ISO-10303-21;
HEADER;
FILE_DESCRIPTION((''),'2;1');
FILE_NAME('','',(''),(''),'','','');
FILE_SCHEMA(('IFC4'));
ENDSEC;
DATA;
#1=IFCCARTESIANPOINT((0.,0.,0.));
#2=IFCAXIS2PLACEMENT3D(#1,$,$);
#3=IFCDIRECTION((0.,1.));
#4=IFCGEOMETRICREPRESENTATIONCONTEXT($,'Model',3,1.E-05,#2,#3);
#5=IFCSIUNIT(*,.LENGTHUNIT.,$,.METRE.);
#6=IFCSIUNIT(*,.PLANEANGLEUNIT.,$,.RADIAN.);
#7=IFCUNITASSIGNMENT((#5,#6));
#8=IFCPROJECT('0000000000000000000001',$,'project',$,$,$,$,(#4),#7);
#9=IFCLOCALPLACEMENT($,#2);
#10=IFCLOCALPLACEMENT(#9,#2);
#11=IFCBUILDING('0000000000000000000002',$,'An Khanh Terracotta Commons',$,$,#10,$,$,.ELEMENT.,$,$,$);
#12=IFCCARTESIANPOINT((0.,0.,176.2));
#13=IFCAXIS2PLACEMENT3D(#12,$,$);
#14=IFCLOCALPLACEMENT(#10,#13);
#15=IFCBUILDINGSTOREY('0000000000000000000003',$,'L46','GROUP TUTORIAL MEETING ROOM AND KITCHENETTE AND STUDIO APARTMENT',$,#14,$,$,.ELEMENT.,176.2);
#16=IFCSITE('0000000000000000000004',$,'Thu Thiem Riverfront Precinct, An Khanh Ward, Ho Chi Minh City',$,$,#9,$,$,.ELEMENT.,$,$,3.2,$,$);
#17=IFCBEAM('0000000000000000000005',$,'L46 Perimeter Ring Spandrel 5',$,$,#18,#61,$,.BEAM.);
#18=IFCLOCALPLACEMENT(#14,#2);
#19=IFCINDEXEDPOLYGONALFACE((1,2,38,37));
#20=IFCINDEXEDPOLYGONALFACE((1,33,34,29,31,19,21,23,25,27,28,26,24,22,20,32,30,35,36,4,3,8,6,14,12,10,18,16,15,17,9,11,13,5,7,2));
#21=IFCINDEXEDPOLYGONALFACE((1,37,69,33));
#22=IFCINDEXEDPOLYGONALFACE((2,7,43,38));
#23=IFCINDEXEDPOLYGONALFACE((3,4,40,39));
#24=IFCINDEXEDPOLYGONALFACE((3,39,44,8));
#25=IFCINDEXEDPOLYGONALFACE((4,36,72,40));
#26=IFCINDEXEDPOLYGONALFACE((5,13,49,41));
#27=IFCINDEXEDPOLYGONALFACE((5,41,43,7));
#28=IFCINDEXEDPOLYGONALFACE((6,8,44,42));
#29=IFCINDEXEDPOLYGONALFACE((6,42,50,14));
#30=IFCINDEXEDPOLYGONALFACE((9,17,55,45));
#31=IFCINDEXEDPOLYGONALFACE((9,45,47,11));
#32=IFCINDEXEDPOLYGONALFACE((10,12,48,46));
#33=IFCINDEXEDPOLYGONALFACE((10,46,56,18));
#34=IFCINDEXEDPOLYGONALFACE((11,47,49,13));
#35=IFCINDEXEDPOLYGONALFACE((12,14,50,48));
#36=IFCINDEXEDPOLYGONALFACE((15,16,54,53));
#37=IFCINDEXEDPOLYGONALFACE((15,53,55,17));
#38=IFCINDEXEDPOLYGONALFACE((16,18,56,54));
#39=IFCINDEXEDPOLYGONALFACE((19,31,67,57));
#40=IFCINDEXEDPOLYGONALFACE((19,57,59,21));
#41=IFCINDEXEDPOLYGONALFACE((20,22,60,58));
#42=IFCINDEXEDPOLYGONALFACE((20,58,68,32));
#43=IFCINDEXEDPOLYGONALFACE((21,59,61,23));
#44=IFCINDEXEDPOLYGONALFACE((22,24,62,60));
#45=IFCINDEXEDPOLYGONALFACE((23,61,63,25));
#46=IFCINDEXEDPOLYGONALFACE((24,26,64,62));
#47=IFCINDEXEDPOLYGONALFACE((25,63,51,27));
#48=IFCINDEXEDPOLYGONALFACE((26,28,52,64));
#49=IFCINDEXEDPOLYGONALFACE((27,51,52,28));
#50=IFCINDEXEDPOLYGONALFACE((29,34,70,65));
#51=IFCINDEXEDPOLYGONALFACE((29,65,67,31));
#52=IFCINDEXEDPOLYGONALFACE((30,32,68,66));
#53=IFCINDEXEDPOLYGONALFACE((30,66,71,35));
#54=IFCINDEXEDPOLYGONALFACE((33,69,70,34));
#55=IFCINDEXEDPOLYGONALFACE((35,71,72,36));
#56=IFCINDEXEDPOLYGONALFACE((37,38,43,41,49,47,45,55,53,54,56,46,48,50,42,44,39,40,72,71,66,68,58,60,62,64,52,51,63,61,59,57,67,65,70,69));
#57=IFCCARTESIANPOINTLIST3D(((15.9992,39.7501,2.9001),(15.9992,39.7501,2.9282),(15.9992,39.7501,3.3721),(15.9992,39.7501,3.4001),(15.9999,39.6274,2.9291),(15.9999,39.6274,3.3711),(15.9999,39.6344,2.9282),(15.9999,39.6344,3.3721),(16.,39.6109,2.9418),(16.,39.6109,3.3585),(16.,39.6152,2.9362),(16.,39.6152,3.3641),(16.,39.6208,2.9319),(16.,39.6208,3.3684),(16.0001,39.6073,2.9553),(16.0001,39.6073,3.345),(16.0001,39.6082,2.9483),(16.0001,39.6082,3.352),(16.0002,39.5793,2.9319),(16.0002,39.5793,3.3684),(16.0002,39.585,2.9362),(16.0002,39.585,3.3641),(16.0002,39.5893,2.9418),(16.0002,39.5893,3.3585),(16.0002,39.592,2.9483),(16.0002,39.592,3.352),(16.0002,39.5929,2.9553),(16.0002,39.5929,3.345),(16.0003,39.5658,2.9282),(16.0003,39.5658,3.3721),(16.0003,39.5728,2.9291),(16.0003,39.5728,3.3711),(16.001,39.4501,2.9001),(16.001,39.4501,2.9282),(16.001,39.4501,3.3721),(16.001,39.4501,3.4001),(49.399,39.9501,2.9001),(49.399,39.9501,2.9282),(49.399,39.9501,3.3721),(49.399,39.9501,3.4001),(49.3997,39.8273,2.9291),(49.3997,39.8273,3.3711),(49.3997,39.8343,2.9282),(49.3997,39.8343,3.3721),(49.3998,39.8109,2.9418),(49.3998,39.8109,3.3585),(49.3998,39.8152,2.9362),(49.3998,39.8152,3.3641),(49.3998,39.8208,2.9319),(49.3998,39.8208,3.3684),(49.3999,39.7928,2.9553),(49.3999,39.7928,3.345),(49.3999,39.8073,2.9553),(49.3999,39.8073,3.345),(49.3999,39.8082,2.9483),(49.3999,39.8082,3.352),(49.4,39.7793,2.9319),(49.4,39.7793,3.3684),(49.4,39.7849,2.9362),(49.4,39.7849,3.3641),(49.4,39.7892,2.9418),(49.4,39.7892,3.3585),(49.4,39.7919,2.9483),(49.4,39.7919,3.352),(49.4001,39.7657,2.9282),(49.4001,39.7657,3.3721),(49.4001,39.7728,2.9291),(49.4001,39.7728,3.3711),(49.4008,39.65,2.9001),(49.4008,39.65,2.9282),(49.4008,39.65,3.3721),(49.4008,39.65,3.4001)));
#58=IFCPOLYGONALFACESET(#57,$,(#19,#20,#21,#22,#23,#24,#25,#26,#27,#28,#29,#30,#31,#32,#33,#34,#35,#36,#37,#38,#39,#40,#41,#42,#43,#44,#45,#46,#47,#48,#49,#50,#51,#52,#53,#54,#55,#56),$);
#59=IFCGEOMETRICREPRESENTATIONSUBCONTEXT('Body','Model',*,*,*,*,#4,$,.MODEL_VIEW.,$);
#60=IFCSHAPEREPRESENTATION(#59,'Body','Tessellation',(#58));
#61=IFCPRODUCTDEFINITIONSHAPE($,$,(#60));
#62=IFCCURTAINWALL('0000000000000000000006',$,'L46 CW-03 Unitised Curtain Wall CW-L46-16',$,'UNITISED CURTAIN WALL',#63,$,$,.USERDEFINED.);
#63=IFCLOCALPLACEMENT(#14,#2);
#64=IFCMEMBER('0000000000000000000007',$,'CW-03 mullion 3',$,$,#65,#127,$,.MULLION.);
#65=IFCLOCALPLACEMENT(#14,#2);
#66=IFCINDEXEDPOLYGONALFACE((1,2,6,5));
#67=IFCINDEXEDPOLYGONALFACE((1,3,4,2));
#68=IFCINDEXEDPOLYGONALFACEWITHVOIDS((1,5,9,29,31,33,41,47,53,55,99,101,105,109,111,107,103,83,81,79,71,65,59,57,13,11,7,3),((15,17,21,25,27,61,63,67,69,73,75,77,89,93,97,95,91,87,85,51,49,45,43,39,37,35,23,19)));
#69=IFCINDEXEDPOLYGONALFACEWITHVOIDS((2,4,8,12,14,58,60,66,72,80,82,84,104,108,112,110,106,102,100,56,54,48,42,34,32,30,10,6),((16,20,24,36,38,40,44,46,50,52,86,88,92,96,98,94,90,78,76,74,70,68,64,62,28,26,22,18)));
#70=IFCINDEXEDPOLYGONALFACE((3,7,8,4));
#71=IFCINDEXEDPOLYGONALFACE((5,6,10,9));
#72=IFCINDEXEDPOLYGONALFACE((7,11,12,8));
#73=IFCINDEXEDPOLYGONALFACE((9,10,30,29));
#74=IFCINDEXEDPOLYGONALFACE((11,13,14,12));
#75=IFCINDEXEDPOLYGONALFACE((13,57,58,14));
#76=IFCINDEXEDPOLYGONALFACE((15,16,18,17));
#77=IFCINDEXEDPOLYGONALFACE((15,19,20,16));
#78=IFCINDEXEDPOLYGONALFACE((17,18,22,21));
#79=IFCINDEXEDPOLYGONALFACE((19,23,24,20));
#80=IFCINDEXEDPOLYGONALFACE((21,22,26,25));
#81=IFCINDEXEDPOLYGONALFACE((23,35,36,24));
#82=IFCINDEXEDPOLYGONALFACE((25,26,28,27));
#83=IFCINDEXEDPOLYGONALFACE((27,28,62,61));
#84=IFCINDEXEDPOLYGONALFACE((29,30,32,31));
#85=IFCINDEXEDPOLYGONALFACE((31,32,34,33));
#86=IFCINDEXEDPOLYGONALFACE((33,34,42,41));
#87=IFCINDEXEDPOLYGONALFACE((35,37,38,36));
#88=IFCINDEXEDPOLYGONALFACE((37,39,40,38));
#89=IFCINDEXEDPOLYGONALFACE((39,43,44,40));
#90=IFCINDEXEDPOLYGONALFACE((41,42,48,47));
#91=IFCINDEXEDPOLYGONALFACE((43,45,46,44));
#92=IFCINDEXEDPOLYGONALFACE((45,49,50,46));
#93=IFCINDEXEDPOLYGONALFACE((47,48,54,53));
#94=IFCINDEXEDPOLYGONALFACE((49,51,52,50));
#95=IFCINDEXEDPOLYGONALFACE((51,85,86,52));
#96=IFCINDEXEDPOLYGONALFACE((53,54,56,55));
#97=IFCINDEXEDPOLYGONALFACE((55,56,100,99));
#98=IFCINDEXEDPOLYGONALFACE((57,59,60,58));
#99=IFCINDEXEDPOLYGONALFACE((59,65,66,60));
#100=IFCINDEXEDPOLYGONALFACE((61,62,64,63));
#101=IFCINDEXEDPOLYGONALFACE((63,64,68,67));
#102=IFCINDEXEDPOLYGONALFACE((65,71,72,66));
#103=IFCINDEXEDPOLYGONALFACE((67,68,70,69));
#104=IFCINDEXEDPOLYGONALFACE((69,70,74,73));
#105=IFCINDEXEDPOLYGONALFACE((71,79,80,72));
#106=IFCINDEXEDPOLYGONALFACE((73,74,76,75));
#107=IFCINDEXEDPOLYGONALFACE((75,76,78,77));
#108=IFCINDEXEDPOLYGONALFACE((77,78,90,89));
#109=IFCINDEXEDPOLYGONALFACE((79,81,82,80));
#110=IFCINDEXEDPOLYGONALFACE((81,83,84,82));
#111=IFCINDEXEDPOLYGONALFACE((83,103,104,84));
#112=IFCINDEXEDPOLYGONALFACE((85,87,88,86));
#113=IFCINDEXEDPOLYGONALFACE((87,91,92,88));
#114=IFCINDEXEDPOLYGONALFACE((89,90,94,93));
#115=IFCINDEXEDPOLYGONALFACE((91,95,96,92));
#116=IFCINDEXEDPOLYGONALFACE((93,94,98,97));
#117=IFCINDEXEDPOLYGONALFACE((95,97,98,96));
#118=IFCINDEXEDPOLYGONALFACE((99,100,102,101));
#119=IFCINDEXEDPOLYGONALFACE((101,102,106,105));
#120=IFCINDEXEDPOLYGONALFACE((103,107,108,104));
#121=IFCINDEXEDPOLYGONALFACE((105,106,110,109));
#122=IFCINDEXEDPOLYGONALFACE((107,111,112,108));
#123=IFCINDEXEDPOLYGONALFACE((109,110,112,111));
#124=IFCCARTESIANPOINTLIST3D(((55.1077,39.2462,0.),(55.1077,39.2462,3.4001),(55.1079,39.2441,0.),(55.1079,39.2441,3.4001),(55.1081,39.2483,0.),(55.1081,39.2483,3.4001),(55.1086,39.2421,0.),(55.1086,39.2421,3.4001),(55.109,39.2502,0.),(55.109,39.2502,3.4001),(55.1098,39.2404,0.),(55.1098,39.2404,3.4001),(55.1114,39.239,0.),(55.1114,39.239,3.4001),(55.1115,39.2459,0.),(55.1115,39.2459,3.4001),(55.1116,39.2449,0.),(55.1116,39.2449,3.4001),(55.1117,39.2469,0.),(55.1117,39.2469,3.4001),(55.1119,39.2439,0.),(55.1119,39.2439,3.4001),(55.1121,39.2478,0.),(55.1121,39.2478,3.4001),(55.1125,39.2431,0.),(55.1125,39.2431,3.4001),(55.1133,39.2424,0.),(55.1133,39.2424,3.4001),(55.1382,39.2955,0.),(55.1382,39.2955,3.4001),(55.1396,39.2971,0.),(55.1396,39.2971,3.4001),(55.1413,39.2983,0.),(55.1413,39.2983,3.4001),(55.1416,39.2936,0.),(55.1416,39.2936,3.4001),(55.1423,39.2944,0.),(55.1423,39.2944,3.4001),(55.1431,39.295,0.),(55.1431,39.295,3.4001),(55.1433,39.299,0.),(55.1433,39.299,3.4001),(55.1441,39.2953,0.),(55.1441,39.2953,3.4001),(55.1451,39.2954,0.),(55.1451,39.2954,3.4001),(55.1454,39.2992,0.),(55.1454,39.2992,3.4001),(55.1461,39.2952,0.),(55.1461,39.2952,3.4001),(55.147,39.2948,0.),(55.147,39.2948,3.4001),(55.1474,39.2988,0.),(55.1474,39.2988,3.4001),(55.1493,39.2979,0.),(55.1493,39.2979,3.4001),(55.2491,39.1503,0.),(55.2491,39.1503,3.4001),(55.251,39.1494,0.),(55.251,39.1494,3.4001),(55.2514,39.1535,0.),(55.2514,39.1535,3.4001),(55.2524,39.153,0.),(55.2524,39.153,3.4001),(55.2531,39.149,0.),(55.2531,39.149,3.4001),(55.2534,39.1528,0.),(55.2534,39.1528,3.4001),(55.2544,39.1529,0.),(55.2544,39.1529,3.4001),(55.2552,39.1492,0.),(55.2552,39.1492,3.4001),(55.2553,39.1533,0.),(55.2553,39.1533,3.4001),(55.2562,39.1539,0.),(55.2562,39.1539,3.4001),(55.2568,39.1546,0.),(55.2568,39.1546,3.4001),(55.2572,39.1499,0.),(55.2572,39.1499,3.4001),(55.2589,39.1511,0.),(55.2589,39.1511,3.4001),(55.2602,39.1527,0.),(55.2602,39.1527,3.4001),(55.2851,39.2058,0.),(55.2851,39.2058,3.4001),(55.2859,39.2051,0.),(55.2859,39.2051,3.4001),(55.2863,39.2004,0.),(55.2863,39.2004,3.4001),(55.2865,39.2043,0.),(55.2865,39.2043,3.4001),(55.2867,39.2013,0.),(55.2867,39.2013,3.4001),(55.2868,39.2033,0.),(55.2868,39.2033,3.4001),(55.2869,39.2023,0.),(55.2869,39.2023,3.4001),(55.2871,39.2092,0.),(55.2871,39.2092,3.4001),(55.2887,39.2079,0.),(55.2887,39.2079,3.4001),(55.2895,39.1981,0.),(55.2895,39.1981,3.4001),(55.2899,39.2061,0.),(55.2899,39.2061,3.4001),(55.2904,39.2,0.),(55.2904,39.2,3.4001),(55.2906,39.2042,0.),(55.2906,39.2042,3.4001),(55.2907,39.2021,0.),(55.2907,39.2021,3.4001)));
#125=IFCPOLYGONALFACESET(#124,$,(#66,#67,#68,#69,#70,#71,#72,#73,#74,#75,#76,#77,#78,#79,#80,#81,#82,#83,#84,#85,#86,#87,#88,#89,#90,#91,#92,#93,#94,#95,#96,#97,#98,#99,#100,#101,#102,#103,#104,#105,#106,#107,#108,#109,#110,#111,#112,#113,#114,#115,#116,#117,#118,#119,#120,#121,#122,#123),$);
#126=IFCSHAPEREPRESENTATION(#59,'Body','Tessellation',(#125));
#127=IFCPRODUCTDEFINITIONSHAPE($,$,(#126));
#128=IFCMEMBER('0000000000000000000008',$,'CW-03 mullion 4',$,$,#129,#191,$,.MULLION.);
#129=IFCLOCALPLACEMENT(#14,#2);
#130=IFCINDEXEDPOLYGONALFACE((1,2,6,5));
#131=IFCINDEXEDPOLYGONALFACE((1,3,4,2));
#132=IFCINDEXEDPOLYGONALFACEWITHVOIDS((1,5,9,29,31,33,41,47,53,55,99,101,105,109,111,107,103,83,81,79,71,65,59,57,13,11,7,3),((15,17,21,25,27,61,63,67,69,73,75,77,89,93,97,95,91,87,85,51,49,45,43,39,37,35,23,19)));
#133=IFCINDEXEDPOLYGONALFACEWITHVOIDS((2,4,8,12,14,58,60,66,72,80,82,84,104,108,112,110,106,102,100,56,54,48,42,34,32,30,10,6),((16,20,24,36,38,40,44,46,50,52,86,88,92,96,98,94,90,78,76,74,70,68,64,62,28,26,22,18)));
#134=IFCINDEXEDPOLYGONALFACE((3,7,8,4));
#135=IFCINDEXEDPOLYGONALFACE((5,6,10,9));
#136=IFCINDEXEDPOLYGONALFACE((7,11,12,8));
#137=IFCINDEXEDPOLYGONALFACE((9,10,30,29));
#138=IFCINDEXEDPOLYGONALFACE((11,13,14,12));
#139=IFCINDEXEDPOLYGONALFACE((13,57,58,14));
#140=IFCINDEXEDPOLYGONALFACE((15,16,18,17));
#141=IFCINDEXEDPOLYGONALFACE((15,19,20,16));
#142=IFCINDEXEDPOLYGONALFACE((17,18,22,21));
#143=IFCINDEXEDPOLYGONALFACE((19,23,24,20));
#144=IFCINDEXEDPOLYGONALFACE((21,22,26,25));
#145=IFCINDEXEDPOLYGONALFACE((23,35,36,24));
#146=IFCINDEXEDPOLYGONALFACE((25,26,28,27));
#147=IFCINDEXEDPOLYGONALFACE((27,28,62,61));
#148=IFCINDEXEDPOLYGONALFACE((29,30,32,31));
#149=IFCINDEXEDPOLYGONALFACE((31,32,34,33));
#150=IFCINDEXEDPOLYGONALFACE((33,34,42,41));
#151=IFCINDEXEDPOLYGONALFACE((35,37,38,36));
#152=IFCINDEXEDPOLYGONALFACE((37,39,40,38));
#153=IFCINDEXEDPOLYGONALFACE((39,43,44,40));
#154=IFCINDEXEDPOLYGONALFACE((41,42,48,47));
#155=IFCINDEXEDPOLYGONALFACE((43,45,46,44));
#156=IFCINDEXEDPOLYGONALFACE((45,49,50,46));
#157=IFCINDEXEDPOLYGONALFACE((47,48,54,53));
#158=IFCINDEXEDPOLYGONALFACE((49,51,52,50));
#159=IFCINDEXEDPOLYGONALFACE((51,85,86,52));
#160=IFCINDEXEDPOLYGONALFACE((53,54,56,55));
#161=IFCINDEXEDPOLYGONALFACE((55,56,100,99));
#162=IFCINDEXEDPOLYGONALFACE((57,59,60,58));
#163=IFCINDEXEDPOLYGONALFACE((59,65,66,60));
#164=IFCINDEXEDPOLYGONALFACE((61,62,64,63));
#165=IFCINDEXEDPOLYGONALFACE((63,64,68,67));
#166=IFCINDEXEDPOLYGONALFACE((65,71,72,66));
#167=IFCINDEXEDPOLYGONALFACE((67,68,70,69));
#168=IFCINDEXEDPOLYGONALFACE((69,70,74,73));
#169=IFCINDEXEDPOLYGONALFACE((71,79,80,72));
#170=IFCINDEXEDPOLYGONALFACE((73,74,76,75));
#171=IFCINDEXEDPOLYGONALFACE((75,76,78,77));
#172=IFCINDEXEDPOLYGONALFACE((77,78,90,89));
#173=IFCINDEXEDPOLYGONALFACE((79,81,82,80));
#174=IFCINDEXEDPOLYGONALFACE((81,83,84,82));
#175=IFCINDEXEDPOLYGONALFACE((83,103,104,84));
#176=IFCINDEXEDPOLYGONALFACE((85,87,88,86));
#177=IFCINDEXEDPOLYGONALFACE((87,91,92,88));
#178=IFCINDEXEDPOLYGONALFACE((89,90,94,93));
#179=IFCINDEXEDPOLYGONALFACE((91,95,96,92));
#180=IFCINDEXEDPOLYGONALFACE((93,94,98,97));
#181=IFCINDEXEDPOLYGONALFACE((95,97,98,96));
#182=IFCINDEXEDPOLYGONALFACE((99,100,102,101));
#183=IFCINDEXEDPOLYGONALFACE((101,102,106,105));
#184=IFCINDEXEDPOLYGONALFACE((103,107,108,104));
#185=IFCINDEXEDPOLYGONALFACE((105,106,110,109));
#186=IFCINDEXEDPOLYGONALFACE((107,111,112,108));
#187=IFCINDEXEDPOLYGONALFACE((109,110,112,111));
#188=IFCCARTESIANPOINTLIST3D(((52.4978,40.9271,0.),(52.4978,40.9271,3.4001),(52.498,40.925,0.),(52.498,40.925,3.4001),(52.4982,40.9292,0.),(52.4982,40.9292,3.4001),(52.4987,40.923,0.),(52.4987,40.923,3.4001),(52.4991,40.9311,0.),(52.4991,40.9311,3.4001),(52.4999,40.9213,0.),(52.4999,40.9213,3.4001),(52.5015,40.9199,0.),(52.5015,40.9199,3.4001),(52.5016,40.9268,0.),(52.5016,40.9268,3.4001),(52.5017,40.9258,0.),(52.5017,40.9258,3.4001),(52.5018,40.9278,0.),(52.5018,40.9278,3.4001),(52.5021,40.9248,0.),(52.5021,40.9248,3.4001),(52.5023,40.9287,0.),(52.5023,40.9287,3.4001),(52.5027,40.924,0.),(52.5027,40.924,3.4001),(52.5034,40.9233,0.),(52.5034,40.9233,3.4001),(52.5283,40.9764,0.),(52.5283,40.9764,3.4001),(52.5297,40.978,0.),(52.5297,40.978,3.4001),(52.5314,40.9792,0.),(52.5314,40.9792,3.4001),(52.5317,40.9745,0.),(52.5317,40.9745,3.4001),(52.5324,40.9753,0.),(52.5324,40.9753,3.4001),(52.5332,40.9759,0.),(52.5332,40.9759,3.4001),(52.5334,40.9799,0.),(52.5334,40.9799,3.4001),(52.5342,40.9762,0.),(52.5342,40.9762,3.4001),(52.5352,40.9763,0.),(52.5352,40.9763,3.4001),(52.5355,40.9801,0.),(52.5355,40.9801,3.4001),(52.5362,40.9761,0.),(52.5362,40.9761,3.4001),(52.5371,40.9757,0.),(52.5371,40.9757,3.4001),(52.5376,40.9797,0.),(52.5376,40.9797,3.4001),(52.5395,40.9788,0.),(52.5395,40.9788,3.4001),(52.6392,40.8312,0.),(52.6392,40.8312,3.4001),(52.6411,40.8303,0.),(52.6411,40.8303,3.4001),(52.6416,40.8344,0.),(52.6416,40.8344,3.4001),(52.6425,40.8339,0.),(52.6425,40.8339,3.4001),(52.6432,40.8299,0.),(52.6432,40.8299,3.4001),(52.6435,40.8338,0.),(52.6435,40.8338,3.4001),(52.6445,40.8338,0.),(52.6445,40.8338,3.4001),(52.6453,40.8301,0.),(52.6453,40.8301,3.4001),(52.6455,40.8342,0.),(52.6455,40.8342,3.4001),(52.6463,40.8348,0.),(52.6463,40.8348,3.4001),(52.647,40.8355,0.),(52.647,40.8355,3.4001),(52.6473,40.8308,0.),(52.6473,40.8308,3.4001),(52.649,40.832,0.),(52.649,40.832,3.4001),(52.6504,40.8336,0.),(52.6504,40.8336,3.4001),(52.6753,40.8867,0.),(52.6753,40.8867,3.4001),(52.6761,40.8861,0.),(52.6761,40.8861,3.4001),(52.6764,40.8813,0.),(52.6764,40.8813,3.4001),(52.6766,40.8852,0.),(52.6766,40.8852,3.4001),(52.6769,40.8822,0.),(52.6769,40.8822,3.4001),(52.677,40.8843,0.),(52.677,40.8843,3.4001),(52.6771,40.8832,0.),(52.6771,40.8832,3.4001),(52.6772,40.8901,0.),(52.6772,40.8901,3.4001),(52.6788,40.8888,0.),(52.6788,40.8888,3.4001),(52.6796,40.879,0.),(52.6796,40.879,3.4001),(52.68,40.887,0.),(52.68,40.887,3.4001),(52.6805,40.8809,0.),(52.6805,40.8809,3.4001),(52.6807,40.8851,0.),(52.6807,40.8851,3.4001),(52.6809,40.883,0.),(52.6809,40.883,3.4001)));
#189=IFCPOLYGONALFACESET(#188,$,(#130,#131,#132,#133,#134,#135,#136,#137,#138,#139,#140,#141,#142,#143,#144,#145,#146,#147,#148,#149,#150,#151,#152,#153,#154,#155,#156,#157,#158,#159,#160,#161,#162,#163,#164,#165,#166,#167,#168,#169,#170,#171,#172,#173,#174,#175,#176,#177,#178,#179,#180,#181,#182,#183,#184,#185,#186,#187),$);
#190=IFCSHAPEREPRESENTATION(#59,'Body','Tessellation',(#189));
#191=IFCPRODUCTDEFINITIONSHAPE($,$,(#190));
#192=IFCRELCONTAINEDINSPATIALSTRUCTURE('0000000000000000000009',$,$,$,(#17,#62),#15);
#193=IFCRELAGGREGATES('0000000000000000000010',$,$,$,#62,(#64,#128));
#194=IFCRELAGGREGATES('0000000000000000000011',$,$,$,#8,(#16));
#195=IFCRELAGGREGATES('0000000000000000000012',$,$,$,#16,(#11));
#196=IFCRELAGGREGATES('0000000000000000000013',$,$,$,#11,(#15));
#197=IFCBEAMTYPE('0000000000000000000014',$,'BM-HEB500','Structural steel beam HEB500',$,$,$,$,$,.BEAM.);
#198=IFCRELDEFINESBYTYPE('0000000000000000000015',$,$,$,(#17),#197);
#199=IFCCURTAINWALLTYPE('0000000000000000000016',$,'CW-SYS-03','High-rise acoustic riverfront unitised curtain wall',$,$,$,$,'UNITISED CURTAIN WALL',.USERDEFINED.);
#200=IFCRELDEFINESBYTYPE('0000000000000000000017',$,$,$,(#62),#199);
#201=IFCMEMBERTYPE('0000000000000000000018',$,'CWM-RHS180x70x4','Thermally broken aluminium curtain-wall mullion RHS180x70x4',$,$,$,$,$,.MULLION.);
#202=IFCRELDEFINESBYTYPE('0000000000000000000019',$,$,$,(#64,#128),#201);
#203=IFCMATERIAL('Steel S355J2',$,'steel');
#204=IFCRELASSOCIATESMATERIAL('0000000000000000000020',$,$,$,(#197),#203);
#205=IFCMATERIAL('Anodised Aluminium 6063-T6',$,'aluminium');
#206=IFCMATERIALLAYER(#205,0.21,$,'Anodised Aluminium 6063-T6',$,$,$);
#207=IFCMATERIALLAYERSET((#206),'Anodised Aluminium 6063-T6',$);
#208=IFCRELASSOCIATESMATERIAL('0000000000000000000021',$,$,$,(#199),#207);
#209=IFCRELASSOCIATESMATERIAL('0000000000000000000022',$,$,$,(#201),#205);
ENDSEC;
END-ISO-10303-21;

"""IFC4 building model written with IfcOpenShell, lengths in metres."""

from ifc_helpers import new_model, si_unit, direction, frame, origin, origin_2d, place, context, subcontext, project, spatial, hollow_rectangle, i_section, extrude, material, layer, layer_set, material_profile, profile_set, type_object, element, aggregate, save


model = new_model("IFC4")

# Units and contexts
model_context = context("Model", 3, precision=1e-05, world=origin(), true_north=direction((0.0, 1.0)))
body_context = subcontext(model_context, "Body", "Model", "MODEL_VIEW")
ifc_project = project(units=[si_unit("LENGTHUNIT", "METRE"), si_unit("PLANEANGLEUNIT", "RADIAN")], contexts=[model_context])

# Site, building, storey
site_placement = place(None, origin())
site = spatial("IfcSite", under=ifc_project, at=site_placement, Name="Thu Thiem Riverfront Precinct, An Khanh Ward, Ho Chi Minh City", CompositionType="ELEMENT", RefElevation=3.2)
building_placement = place(site_placement, origin())
building = spatial("IfcBuilding", under=site, at=building_placement, Name="An Khanh Terracotta Commons", CompositionType="ELEMENT")
storey_placement = place(building_placement, frame((0.0, 0.0, 176.2)))
storey = spatial("IfcBuildingStorey", under=building, at=storey_placement, Name="L46", Description="GROUP TUTORIAL MEETING ROOM AND KITCHENETTE AND STUDIO APARTMENT", CompositionType="ELEMENT", Elevation=176.2)

# Beam
ifc_material_1 = material(Name="Steel S355J2", Category="steel")
ifc_material_profile_1 = material_profile(ifc_material_1, i_section(OverallWidth=0.3, OverallDepth=0.5, WebThickness=0.0144, FlangeThickness=0.0281, FilletRadius=0.0271, at=origin_2d()), Name="HEB500")
ifc_profile_set_1 = profile_set([ifc_material_profile_1], Name="Steel S355J2")
beam_type_1 = type_object("IfcBeamType", Name="BM-HEB500", Description="Structural steel beam HEB500", PredefinedType="BEAM", material=ifc_profile_set_1)
beam_1_placement = place(storey_placement, frame((49.3999, 39.8, 3.1501), z_axis=(-0.999982, -0.005986, 0.0), x_axis=(0.005986, -0.999982, 0.0)))
element("IfcBeam", 1, at=beam_1_placement, inside=storey, type_object=beam_type_1, Name="L46 Perimeter Ring Spandrel 5", PredefinedType="BEAM", context=body_context, shape_type="SweptSolid", body=[
    extrude(i_section(OverallWidth=0.3, OverallDepth=0.5, WebThickness=0.0144, FlangeThickness=0.0281, FilletRadius=0.0271, at=origin_2d()), origin(), (0.0, 0.0, 1.0), 33.4004),
])

# Curtain wall, members
ifc_material_2 = material(Name="Anodised Aluminium 6063-T6", Category="aluminium")
ifc_layer_1 = layer(ifc_material_2, 0.21, Name="Anodised Aluminium 6063-T6")
ifc_layer_set_1 = layer_set([ifc_layer_1], Name="Anodised Aluminium 6063-T6")
curtain_wall_type = type_object("IfcCurtainWallType", Name="CW-SYS-03", Description="High-rise acoustic riverfront unitised curtain wall", ElementType="UNITISED CURTAIN WALL", PredefinedType="USERDEFINED", material=ifc_layer_set_1)
curtain_wall_placement = place(storey_placement, origin())
curtain_wall = element("IfcCurtainWall", 2, at=curtain_wall_placement, inside=storey, type_object=curtain_wall_type, Name="L46 CW-03 Unitised Curtain Wall CW-L46-16", ObjectType="UNITISED CURTAIN WALL", PredefinedType="USERDEFINED")
ifc_material_profile_2 = material_profile(ifc_material_2, hollow_rectangle(XDim=0.0701, YDim=0.1799, WallThickness=0.0039, InnerFilletRadius=0.0039, OuterFilletRadius=0.0081, at=origin_2d()), Name="RHS180x70x4")
ifc_profile_set_2 = profile_set([ifc_material_profile_2], Name="Anodised Aluminium 6063-T6")
member_type_1 = type_object("IfcMemberType", Name="CWM-RHS180x70x4", Description="Thermally broken aluminium curtain-wall mullion RHS180x70x4", PredefinedType="MULLION", material=ifc_profile_set_2)
member_1_placement = place(storey_placement, frame((55.1992, 39.2241, 0.0), z_axis=(0.0, 0.0, 1.0), x_axis=(-0.541498, -0.840702, 0.0)))
member_1 = element("IfcMember", 3, at=member_1_placement, type_object=member_type_1, Name="CW-03 mullion 3", PredefinedType="MULLION", context=body_context, shape_type="SweptSolid", body=[
    extrude(hollow_rectangle(XDim=0.0701, YDim=0.1799, WallThickness=0.0039, InnerFilletRadius=0.0039, OuterFilletRadius=0.0081, at=origin_2d()), origin(), (0.0, 0.0, 1.0), 3.4001),
])
member_2_placement = place(storey_placement, frame((52.5894, 40.905, 0.0), z_axis=(0.0, 0.0, 1.0), x_axis=(-0.541498, -0.840702, 0.0)))
member_2 = element("IfcMember", 4, at=member_2_placement, type_object=member_type_1, Name="CW-03 mullion 4", PredefinedType="MULLION", context=body_context, shape_type="SweptSolid", body=[
    extrude(hollow_rectangle(XDim=0.0701, YDim=0.1799, WallThickness=0.0039, InnerFilletRadius=0.0039, OuterFilletRadius=0.0081, at=origin_2d()), origin(), (0.0, 0.0, 1.0), 3.4001),
])
aggregate(curtain_wall, [member_1, member_2])

save(model, "model.ifc")
